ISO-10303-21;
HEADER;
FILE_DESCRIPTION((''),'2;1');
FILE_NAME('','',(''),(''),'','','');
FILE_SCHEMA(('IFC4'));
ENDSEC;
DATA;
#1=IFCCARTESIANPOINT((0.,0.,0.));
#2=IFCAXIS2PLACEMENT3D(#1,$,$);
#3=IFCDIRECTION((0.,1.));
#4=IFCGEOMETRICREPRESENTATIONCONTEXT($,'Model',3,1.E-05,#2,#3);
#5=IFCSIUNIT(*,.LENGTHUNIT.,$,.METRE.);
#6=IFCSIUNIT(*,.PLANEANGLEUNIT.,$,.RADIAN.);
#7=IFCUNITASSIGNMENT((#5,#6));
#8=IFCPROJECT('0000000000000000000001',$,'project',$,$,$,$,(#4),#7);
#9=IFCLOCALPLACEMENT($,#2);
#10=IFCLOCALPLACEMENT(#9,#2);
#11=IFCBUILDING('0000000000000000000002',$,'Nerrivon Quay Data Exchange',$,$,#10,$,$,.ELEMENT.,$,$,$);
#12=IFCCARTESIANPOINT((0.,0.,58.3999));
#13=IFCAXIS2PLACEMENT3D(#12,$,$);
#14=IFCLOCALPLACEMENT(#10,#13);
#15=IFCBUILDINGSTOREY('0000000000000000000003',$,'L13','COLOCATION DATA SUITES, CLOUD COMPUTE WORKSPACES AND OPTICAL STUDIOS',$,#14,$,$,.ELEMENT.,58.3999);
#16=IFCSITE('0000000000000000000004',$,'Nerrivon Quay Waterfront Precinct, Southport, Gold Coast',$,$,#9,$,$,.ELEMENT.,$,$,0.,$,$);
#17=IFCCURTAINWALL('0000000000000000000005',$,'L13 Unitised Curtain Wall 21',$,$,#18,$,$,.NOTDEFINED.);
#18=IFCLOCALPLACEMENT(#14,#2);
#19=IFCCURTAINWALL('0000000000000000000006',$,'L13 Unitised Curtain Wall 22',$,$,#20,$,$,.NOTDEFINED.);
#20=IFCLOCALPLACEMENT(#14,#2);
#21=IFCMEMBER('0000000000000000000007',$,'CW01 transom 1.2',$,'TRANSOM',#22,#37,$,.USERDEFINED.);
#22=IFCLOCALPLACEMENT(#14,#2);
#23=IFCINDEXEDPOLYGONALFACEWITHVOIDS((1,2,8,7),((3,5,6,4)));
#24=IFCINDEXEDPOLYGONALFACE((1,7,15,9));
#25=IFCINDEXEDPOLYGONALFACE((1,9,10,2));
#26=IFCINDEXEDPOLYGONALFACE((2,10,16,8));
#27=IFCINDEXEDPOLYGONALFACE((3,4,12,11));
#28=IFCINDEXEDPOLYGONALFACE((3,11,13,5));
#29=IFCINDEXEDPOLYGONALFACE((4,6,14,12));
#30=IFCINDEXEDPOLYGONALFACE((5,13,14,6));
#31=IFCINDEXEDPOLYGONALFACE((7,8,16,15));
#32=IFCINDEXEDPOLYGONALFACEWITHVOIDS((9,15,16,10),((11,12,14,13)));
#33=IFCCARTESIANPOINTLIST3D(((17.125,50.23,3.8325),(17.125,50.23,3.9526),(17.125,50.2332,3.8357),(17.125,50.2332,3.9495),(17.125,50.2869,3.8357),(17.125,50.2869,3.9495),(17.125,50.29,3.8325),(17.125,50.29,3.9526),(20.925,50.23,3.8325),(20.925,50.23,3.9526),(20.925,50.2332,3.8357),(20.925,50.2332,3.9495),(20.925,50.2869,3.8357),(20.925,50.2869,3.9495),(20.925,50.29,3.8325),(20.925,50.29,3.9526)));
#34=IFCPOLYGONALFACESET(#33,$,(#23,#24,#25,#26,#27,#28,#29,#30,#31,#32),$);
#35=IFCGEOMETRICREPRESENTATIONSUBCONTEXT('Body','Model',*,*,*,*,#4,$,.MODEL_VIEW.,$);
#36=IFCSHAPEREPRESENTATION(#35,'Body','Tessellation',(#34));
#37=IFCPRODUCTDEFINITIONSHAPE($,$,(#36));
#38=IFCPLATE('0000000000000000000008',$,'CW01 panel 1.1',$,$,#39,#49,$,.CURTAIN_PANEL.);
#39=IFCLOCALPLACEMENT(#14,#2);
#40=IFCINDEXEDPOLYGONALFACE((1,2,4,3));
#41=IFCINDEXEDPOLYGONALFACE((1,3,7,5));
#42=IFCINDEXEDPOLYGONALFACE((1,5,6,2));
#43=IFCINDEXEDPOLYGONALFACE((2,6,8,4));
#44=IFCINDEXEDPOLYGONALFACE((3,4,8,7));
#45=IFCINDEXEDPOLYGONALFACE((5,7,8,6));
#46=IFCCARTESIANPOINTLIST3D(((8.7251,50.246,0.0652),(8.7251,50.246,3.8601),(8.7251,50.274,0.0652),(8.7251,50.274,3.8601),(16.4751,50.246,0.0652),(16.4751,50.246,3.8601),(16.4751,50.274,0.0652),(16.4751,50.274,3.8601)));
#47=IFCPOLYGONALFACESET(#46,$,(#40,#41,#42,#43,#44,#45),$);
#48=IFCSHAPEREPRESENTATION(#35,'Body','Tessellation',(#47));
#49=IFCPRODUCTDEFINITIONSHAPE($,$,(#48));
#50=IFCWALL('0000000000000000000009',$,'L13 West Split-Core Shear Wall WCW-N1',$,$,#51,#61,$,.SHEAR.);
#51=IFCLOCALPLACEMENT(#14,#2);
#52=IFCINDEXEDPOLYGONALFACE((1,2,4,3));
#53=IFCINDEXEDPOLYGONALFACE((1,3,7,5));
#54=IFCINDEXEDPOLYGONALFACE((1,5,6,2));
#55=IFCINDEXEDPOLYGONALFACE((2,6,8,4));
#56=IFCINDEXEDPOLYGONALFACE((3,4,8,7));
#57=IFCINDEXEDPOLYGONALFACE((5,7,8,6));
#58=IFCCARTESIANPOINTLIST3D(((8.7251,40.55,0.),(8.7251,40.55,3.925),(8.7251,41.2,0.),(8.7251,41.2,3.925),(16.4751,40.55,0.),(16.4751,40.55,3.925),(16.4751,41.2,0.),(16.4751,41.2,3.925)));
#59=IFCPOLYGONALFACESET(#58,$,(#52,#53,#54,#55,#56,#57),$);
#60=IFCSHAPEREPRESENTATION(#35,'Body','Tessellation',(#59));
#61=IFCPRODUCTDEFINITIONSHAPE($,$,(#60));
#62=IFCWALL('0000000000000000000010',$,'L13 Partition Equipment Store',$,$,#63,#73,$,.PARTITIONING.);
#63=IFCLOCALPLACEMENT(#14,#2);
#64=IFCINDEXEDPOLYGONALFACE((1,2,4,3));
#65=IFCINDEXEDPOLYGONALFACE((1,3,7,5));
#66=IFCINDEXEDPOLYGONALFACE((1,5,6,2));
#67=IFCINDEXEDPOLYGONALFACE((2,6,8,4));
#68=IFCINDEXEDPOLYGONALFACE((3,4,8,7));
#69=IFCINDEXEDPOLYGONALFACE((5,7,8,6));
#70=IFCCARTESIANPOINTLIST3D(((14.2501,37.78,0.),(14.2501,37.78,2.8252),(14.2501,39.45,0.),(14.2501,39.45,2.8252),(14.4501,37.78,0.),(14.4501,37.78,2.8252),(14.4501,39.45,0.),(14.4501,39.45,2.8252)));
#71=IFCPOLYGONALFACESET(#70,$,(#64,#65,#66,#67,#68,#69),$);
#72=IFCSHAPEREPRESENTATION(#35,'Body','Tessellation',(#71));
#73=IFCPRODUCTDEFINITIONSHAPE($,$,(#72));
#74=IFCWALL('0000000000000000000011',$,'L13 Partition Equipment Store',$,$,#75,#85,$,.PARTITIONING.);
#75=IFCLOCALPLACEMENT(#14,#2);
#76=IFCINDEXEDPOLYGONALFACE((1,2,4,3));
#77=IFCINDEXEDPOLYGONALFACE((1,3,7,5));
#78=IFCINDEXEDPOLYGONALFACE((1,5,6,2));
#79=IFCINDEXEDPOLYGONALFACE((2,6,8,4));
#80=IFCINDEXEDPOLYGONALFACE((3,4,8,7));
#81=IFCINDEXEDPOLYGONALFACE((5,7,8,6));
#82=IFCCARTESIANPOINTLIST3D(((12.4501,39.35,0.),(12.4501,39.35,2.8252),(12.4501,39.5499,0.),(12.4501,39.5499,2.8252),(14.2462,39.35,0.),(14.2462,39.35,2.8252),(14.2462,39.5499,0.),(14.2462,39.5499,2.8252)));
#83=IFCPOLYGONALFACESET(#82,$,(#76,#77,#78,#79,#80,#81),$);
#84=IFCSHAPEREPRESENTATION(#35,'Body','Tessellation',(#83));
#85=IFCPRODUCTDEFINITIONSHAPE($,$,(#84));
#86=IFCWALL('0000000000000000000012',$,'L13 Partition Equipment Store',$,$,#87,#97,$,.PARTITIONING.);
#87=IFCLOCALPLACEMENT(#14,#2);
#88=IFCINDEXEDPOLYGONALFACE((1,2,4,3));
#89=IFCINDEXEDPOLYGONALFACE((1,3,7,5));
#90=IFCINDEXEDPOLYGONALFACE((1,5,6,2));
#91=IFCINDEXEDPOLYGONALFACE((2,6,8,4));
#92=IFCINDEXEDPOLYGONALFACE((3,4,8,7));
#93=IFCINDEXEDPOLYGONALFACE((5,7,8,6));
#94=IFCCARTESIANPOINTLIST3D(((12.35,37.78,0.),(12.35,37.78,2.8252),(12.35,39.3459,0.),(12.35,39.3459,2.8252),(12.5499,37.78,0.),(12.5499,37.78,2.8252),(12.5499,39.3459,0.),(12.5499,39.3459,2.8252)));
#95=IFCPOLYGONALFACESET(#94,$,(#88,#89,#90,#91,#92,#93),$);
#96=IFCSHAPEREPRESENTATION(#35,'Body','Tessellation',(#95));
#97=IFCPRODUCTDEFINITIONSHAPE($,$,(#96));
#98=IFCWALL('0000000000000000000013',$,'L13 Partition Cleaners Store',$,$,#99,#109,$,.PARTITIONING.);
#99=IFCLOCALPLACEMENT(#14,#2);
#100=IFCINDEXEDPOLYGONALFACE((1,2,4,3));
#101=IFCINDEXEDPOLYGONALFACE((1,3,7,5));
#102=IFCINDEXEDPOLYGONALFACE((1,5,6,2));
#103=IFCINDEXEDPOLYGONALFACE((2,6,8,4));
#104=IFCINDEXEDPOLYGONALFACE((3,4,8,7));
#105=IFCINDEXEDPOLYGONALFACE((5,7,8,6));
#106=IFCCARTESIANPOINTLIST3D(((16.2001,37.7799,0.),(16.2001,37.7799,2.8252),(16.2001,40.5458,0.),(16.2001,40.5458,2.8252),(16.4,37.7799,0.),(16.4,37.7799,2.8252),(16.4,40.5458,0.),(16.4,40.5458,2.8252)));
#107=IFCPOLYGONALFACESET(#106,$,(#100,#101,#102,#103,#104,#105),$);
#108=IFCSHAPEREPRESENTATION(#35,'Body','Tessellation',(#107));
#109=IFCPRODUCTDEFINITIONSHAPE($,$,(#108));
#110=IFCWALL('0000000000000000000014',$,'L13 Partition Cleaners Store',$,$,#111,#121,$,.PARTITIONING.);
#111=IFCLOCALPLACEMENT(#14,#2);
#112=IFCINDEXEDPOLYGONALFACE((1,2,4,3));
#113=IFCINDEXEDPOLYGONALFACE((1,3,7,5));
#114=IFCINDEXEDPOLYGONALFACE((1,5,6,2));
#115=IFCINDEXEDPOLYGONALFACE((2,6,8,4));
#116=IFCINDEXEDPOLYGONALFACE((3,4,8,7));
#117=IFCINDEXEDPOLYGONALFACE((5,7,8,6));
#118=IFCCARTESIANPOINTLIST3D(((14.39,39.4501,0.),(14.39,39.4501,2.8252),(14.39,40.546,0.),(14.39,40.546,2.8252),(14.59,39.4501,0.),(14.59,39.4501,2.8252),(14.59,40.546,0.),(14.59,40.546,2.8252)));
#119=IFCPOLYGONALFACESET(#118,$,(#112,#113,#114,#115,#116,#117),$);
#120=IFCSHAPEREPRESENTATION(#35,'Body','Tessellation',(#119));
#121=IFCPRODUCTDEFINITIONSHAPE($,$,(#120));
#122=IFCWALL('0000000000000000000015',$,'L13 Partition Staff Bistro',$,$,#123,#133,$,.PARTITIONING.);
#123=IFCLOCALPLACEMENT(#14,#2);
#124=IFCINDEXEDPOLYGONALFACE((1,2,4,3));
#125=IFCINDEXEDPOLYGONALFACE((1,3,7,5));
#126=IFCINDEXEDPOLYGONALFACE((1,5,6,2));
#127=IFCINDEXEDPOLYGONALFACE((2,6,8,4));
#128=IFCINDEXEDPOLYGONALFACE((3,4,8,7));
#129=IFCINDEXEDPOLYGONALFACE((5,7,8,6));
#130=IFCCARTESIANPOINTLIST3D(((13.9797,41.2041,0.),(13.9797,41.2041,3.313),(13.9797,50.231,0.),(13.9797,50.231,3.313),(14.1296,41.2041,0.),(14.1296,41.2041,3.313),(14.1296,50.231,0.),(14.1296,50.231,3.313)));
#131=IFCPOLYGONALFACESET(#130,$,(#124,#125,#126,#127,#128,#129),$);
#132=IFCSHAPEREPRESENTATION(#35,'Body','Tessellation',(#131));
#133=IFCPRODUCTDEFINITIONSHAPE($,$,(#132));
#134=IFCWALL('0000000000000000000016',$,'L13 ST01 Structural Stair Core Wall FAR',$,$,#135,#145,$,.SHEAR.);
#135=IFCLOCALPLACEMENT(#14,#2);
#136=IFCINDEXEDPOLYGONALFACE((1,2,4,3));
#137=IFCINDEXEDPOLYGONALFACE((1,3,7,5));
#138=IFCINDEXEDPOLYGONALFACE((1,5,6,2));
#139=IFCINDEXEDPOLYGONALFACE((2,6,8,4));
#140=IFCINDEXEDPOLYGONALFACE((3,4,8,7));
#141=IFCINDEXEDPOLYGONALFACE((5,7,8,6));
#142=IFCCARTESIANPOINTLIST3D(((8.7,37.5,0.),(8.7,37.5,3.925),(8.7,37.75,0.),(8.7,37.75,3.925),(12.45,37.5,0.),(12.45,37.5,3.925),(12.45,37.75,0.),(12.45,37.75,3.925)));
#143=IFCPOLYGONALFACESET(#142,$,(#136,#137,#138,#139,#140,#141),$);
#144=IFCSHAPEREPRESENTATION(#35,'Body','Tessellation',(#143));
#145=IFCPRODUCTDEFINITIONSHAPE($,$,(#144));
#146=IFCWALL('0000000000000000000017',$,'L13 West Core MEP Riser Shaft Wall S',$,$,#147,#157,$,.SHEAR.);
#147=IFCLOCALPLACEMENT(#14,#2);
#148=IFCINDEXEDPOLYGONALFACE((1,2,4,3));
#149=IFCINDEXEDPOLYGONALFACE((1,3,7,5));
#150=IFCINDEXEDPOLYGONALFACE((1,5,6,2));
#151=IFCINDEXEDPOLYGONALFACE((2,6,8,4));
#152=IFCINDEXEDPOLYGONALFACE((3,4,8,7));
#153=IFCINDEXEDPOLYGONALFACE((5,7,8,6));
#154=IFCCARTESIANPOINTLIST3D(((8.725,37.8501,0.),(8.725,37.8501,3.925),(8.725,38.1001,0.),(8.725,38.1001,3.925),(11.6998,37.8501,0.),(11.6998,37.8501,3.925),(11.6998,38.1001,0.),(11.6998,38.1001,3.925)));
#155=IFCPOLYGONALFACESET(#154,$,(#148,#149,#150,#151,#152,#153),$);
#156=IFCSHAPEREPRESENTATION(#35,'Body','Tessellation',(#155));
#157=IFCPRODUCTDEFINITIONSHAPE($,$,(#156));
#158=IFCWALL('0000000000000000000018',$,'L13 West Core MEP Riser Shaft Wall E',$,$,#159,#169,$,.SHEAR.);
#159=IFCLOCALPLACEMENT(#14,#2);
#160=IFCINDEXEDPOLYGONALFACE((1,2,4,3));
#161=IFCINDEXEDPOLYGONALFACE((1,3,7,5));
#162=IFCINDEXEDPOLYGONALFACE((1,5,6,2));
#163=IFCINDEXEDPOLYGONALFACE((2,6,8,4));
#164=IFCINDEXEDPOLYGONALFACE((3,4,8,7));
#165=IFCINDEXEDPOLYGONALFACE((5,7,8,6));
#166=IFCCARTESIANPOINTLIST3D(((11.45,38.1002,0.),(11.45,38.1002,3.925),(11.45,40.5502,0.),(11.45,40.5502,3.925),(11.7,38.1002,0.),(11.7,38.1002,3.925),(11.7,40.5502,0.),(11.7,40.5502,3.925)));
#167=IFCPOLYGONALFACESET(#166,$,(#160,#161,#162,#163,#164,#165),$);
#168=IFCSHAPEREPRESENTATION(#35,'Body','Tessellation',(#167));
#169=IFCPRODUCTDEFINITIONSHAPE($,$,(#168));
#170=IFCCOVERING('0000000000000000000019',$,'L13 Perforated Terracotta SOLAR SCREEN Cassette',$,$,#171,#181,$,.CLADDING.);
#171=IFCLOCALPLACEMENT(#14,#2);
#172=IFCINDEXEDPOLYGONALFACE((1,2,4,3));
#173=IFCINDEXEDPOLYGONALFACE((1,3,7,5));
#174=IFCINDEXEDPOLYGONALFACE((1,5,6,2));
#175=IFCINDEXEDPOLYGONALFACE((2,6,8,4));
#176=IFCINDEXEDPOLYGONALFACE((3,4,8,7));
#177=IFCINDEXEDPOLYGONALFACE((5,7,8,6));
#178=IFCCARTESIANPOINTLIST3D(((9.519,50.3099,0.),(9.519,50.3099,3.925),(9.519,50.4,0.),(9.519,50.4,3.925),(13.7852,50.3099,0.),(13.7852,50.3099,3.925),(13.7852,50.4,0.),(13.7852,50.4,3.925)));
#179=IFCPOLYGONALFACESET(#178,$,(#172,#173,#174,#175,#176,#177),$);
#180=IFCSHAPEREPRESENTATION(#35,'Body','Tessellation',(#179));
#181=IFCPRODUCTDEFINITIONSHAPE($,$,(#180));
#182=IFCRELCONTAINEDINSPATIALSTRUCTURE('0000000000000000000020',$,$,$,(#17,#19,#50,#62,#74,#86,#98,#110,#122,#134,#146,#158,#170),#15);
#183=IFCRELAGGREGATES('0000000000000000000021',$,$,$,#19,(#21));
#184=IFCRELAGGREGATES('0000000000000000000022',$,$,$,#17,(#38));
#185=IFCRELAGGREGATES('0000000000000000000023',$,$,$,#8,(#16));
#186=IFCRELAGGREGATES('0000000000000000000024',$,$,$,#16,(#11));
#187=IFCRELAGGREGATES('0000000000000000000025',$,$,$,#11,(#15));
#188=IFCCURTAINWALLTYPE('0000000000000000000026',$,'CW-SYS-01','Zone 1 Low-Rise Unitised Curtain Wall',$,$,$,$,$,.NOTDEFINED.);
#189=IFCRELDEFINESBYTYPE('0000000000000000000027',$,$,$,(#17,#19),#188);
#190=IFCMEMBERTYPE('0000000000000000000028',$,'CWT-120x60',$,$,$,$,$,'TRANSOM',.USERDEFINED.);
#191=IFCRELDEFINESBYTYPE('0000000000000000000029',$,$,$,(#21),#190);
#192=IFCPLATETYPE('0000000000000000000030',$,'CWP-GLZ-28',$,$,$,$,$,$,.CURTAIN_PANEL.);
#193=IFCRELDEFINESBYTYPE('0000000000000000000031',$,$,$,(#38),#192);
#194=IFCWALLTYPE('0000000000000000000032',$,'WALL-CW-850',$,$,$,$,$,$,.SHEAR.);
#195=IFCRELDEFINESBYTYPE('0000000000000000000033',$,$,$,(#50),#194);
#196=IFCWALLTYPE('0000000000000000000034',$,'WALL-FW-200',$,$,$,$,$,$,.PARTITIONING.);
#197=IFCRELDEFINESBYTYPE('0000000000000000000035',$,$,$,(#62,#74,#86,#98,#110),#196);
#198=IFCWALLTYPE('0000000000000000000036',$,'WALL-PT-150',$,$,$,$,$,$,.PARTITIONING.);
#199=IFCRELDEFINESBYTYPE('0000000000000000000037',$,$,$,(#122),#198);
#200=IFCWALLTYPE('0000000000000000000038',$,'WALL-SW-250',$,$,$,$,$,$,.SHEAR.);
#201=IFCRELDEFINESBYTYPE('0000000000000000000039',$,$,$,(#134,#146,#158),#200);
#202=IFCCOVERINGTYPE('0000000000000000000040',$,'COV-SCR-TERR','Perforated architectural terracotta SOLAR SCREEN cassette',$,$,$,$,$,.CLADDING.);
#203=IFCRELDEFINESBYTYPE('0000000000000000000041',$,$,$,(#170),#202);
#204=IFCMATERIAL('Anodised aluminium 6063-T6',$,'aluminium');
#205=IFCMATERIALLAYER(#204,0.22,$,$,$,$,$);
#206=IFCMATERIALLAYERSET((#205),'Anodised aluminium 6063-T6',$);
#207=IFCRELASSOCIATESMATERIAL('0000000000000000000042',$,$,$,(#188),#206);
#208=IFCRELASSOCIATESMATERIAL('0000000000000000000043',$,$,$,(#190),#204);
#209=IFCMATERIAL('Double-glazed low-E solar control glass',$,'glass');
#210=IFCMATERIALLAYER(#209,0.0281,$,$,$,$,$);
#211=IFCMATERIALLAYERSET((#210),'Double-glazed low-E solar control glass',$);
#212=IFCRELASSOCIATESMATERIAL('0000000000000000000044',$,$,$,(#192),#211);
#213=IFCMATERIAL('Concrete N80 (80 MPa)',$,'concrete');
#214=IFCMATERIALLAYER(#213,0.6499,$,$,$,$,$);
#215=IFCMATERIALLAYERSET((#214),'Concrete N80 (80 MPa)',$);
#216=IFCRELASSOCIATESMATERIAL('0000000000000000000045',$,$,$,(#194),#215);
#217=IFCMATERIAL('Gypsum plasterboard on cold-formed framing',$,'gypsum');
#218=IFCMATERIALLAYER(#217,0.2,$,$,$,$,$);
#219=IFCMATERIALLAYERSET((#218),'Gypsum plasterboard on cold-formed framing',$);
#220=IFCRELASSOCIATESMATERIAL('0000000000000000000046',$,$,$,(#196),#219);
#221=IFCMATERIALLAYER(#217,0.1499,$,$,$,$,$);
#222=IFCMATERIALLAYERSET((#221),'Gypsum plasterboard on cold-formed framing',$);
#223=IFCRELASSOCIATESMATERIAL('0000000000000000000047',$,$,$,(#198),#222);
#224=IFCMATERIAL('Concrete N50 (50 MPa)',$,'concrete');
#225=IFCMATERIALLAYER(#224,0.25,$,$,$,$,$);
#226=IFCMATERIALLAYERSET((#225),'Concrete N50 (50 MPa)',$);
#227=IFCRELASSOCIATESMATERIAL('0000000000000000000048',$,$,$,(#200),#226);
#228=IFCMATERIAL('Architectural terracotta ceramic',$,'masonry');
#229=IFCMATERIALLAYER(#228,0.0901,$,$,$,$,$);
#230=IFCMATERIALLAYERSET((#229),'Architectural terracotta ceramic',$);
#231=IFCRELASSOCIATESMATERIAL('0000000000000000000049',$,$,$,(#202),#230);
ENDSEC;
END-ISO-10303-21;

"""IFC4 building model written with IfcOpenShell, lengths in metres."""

from ifc_helpers import new_model, si_unit, direction, frame, frame_2d, origin, origin_2d, place, context, subcontext, project, spatial, rectangle, hollow_rectangle, extrude, material, layer, layer_set, material_profile, profile_set, type_object, element, aggregate, save


model = new_model("IFC4")

# Units and contexts
model_context = context("Model", 3, precision=1e-05, world=origin(), true_north=direction((0.0, 1.0)))
body_context = subcontext(model_context, "Body", "Model", "MODEL_VIEW")
ifc_project = project(units=[si_unit("LENGTHUNIT", "METRE"), si_unit("PLANEANGLEUNIT", "RADIAN")], contexts=[model_context])

# Site, building, storey
site_placement = place(None, origin())
site = spatial("IfcSite", under=ifc_project, at=site_placement, Name="Nerrivon Quay Waterfront Precinct, Southport, Gold Coast", CompositionType="ELEMENT", RefElevation=0.0)
building_placement = place(site_placement, origin())
building = spatial("IfcBuilding", under=site, at=building_placement, Name="Nerrivon Quay Data Exchange", CompositionType="ELEMENT")
storey_placement = place(building_placement, frame((0.0, 0.0, 58.3999)))
storey = spatial("IfcBuildingStorey", under=building, at=storey_placement, Name="L13", Description="COLOCATION DATA SUITES, CLOUD COMPUTE WORKSPACES AND OPTICAL STUDIOS", CompositionType="ELEMENT", Elevation=58.3999)

# Shared definitions
ifc_material_1 = material(Name="Concrete N80 (80 MPa)", Category="concrete")

# Curtain walls
ifc_material_2 = material(Name="Anodised aluminium 6063-T6", Category="aluminium")
ifc_layer_1 = layer(ifc_material_2, 0.22)
ifc_layer_set_1 = layer_set([ifc_layer_1], Name="Anodised aluminium 6063-T6")
curtain_wall_type = type_object("IfcCurtainWallType", Name="CW-SYS-01", Description="Zone 1 Low-Rise Unitised Curtain Wall", PredefinedType="NOTDEFINED", material=ifc_layer_set_1)
curtain_wall_1_placement = place(storey_placement, origin())
curtain_wall_1 = element("IfcCurtainWall", 1, at=curtain_wall_1_placement, inside=storey, type_object=curtain_wall_type, Name="L13 Unitised Curtain Wall 21", PredefinedType="NOTDEFINED")
curtain_wall_2_placement = place(storey_placement, origin())
curtain_wall_2 = element("IfcCurtainWall", 2, at=curtain_wall_2_placement, inside=storey, type_object=curtain_wall_type, Name="L13 Unitised Curtain Wall 22", PredefinedType="NOTDEFINED")

# Member
ifc_material_profile_1 = material_profile(ifc_material_2, hollow_rectangle(XDim=0.0601, YDim=0.1201, WallThickness=0.0032, at=origin_2d()), Name="ALU-TRAN-120x60")
ifc_profile_set_1 = profile_set([ifc_material_profile_1], Name="Anodised aluminium 6063-T6")
member_type_1 = type_object("IfcMemberType", Name="CWT-120x60", ElementType="TRANSOM", PredefinedType="USERDEFINED", material=ifc_profile_set_1)
member_1_placement = place(storey_placement, frame((17.125, 50.26, 3.8926), z_axis=(1.0, 0.0, 0.0), x_axis=(0.0, 1.0, 0.0)))
member_1 = element("IfcMember", 3, at=member_1_placement, type_object=member_type_1, Name="CW01 transom 1.2", ObjectType="TRANSOM", PredefinedType="USERDEFINED", context=body_context, shape_type="SweptSolid", body=[
    extrude(hollow_rectangle(XDim=0.0601, YDim=0.1201, WallThickness=0.0032, at=origin_2d()), origin(), (0.0, 0.0, 1.0), 3.8),
])
aggregate(curtain_wall_2, [member_1])

# Plate
ifc_material_3 = material(Name="Double-glazed low-E solar control glass", Category="glass")
ifc_layer_2 = layer(ifc_material_3, 0.0281)
ifc_layer_set_2 = layer_set([ifc_layer_2], Name="Double-glazed low-E solar control glass")
plate_type = type_object("IfcPlateType", Name="CWP-GLZ-28", PredefinedType="CURTAIN_PANEL", material=ifc_layer_set_2)
plate_placement = place(storey_placement, frame((12.6001, 50.26, 0.0652), z_axis=(0.0, 0.0, 1.0), x_axis=(1.0, 0.0, 0.0)))
plate = element("IfcPlate", 4, at=plate_placement, type_object=plate_type, Name="CW01 panel 1.1", PredefinedType="CURTAIN_PANEL", context=body_context, shape_type="SweptSolid", body=[
    extrude(rectangle(XDim=7.75, YDim=0.0281, at=origin_2d()), origin(), (0.0, 0.0, 1.0), 3.7949),
])
aggregate(curtain_wall_1, [plate])

# Walls
ifc_layer_3 = layer(ifc_material_1, 0.6499)
ifc_layer_set_3 = layer_set([ifc_layer_3], Name="Concrete N80 (80 MPa)")
wall_type_1 = type_object("IfcWallType", Name="WALL-CW-850", PredefinedType="SHEAR", material=ifc_layer_set_3)
wall_1_placement = place(storey_placement, frame((8.7251, 40.875, 0.0), z_axis=(0.0, 0.0, 1.0), x_axis=(1.0, 0.0, 0.0)))
element("IfcWall", 5, at=wall_1_placement, inside=storey, type_object=wall_type_1, Name="L13 West Split-Core Shear Wall WCW-N1", PredefinedType="SHEAR", context=body_context, shape_type="SweptSolid", body=[
    extrude(rectangle(XDim=7.75, YDim=0.6499, at=frame_2d((3.875, 0.0))), origin(), (0.0, 0.0, 1.0), 3.925),
])
ifc_material_4 = material(Name="Gypsum plasterboard on cold-formed framing", Category="gypsum")
ifc_layer_4 = layer(ifc_material_4, 0.2)
ifc_layer_set_4 = layer_set([ifc_layer_4], Name="Gypsum plasterboard on cold-formed framing")
wall_type_2 = type_object("IfcWallType", Name="WALL-FW-200", PredefinedType="PARTITIONING", material=ifc_layer_set_4)
wall_2_placement = place(storey_placement, frame((14.3501, 37.78, 0.0), z_axis=(0.0, 0.0, 1.0), x_axis=(0.0, 1.0, 0.0)))
element("IfcWall", 6, at=wall_2_placement, inside=storey, type_object=wall_type_2, Name="L13 Partition Equipment Store", PredefinedType="PARTITIONING", context=body_context, shape_type="SweptSolid", body=[
    extrude(rectangle(XDim=1.6699, YDim=0.2, at=frame_2d((0.835, 0.0))), origin(), (0.0, 0.0, 1.0), 2.8252),
])
wall_3_placement = place(storey_placement, frame((14.2461, 39.45, 0.0), z_axis=(0.0, 0.0, 1.0), x_axis=(-1.0, 0.0, 0.0)))
element("IfcWall", 7, at=wall_3_placement, inside=storey, type_object=wall_type_2, Name="L13 Partition Equipment Store", PredefinedType="PARTITIONING", context=body_context, shape_type="SweptSolid", body=[
    extrude(rectangle(XDim=1.7961, YDim=0.2, at=frame_2d((0.8979, 0.0))), origin(), (0.0, 0.0, 1.0), 2.8252),
])
wall_4_placement = place(storey_placement, frame((12.45, 39.3459, 0.0), z_axis=(0.0, 0.0, 1.0), x_axis=(0.0, -1.0, 0.0)))
element("IfcWall", 8, at=wall_4_placement, inside=storey, type_object=wall_type_2, Name="L13 Partition Equipment Store", PredefinedType="PARTITIONING", context=body_context, shape_type="SweptSolid", body=[
    extrude(rectangle(XDim=1.5659, YDim=0.2, at=frame_2d((0.783, 0.0))), origin(), (0.0, 0.0, 1.0), 2.8252),
])
wall_5_placement = place(storey_placement, frame((16.3, 37.78, 0.0), z_axis=(0.0, 0.0, 1.0), x_axis=(0.0, 1.0, 0.0)))
element("IfcWall", 9, at=wall_5_placement, inside=storey, type_object=wall_type_2, Name="L13 Partition Cleaners Store", PredefinedType="PARTITIONING", context=body_context, shape_type="SweptSolid", body=[
    extrude(rectangle(XDim=2.7659, YDim=0.2, at=frame_2d((1.3828, 0.0))), origin(), (0.0, 0.0, 1.0), 2.8252),
])
wall_6_placement = place(storey_placement, frame((14.49, 40.5459, 0.0), z_axis=(0.0, 0.0, 1.0), x_axis=(0.0, -1.0, 0.0)))
element("IfcWall", 10, at=wall_6_placement, inside=storey, type_object=wall_type_2, Name="L13 Partition Cleaners Store", PredefinedType="PARTITIONING", context=body_context, shape_type="SweptSolid", body=[
    extrude(rectangle(XDim=1.0959, YDim=0.2, at=frame_2d((0.5479, 0.0))), origin(), (0.0, 0.0, 1.0), 2.8252),
])
ifc_layer_5 = layer(ifc_material_4, 0.1499)
ifc_layer_set_5 = layer_set([ifc_layer_5], Name="Gypsum plasterboard on cold-formed framing")
wall_type_3 = type_object("IfcWallType", Name="WALL-PT-150", PredefinedType="PARTITIONING", material=ifc_layer_set_5)
wall_7_placement = place(storey_placement, frame((14.0547, 50.231, 0.0), z_axis=(0.0, 0.0, 1.0), x_axis=(0.0, -1.0, 0.0)))
element("IfcWall", 11, at=wall_7_placement, inside=storey, type_object=wall_type_3, Name="L13 Partition Staff Bistro", PredefinedType="PARTITIONING", context=body_context, shape_type="SweptSolid", body=[
    extrude(rectangle(XDim=9.0269, YDim=0.1499, at=frame_2d((4.5134, 0.0))), origin(), (0.0, 0.0, 1.0), 3.313),
])
ifc_material_5 = material(Name="Concrete N50 (50 MPa)", Category="concrete")
ifc_layer_6 = layer(ifc_material_5, 0.25)
ifc_layer_set_6 = layer_set([ifc_layer_6], Name="Concrete N50 (50 MPa)")
wall_type_4 = type_object("IfcWallType", Name="WALL-SW-250", PredefinedType="SHEAR", material=ifc_layer_set_6)
wall_8_placement = place(storey_placement, frame((12.45, 37.625, 0.0), z_axis=(0.0, 0.0, 1.0), x_axis=(-1.0, 0.0, 0.0)))
element("IfcWall", 12, at=wall_8_placement, inside=storey, type_object=wall_type_4, Name="L13 ST01 Structural Stair Core Wall FAR", PredefinedType="SHEAR", context=body_context, shape_type="SweptSolid", body=[
    extrude(rectangle(XDim=3.75, YDim=0.25, at=frame_2d((1.875, 0.0))), origin(), (0.0, 0.0, 1.0), 3.925),
])
wall_9_placement = place(storey_placement, frame((8.7251, 37.9751, 0.0), z_axis=(0.0, 0.0, 1.0), x_axis=(1.0, 0.0, 0.0)))
element("IfcWall", 13, at=wall_9_placement, inside=storey, type_object=wall_type_4, Name="L13 West Core MEP Riser Shaft Wall S", PredefinedType="SHEAR", context=body_context, shape_type="SweptSolid", body=[
    extrude(rectangle(XDim=2.9749, YDim=0.25, at=frame_2d((1.4873, 0.0))), origin(), (0.0, 0.0, 1.0), 3.925),
])
wall_10_placement = place(storey_placement, frame((11.575, 38.1001, 0.0), z_axis=(0.0, 0.0, 1.0), x_axis=(0.0, 1.0, 0.0)))
element("IfcWall", 14, at=wall_10_placement, inside=storey, type_object=wall_type_4, Name="L13 West Core MEP Riser Shaft Wall E", PredefinedType="SHEAR", context=body_context, shape_type="SweptSolid", body=[
    extrude(rectangle(XDim=2.45, YDim=0.25, at=frame_2d((1.2251, 0.0))), origin(), (0.0, 0.0, 1.0), 3.925),
])

# Covering
ifc_material_6 = material(Name="Architectural terracotta ceramic", Category="masonry")
ifc_layer_7 = layer(ifc_material_6, 0.0901)
ifc_layer_set_7 = layer_set([ifc_layer_7], Name="Architectural terracotta ceramic")
covering_type = type_object("IfcCoveringType", Name="COV-SCR-TERR", Description="Perforated architectural terracotta SOLAR SCREEN cassette", PredefinedType="CLADDING", material=ifc_layer_set_7)
covering_placement = place(storey_placement, frame((11.6521, 50.355, 0.0), z_axis=(0.0, 0.0, 1.0), x_axis=(1.0, 0.0, 0.0)))
element("IfcCovering", 15, at=covering_placement, inside=storey, type_object=covering_type, Name="L13 Perforated Terracotta SOLAR SCREEN Cassette", PredefinedType="CLADDING", context=body_context, shape_type="SweptSolid", body=[
    extrude(rectangle(XDim=4.2661, YDim=0.0901, at=origin_2d()), origin(), (0.0, 0.0, 1.0), 3.925),
])

save(model, "model.ifc")
